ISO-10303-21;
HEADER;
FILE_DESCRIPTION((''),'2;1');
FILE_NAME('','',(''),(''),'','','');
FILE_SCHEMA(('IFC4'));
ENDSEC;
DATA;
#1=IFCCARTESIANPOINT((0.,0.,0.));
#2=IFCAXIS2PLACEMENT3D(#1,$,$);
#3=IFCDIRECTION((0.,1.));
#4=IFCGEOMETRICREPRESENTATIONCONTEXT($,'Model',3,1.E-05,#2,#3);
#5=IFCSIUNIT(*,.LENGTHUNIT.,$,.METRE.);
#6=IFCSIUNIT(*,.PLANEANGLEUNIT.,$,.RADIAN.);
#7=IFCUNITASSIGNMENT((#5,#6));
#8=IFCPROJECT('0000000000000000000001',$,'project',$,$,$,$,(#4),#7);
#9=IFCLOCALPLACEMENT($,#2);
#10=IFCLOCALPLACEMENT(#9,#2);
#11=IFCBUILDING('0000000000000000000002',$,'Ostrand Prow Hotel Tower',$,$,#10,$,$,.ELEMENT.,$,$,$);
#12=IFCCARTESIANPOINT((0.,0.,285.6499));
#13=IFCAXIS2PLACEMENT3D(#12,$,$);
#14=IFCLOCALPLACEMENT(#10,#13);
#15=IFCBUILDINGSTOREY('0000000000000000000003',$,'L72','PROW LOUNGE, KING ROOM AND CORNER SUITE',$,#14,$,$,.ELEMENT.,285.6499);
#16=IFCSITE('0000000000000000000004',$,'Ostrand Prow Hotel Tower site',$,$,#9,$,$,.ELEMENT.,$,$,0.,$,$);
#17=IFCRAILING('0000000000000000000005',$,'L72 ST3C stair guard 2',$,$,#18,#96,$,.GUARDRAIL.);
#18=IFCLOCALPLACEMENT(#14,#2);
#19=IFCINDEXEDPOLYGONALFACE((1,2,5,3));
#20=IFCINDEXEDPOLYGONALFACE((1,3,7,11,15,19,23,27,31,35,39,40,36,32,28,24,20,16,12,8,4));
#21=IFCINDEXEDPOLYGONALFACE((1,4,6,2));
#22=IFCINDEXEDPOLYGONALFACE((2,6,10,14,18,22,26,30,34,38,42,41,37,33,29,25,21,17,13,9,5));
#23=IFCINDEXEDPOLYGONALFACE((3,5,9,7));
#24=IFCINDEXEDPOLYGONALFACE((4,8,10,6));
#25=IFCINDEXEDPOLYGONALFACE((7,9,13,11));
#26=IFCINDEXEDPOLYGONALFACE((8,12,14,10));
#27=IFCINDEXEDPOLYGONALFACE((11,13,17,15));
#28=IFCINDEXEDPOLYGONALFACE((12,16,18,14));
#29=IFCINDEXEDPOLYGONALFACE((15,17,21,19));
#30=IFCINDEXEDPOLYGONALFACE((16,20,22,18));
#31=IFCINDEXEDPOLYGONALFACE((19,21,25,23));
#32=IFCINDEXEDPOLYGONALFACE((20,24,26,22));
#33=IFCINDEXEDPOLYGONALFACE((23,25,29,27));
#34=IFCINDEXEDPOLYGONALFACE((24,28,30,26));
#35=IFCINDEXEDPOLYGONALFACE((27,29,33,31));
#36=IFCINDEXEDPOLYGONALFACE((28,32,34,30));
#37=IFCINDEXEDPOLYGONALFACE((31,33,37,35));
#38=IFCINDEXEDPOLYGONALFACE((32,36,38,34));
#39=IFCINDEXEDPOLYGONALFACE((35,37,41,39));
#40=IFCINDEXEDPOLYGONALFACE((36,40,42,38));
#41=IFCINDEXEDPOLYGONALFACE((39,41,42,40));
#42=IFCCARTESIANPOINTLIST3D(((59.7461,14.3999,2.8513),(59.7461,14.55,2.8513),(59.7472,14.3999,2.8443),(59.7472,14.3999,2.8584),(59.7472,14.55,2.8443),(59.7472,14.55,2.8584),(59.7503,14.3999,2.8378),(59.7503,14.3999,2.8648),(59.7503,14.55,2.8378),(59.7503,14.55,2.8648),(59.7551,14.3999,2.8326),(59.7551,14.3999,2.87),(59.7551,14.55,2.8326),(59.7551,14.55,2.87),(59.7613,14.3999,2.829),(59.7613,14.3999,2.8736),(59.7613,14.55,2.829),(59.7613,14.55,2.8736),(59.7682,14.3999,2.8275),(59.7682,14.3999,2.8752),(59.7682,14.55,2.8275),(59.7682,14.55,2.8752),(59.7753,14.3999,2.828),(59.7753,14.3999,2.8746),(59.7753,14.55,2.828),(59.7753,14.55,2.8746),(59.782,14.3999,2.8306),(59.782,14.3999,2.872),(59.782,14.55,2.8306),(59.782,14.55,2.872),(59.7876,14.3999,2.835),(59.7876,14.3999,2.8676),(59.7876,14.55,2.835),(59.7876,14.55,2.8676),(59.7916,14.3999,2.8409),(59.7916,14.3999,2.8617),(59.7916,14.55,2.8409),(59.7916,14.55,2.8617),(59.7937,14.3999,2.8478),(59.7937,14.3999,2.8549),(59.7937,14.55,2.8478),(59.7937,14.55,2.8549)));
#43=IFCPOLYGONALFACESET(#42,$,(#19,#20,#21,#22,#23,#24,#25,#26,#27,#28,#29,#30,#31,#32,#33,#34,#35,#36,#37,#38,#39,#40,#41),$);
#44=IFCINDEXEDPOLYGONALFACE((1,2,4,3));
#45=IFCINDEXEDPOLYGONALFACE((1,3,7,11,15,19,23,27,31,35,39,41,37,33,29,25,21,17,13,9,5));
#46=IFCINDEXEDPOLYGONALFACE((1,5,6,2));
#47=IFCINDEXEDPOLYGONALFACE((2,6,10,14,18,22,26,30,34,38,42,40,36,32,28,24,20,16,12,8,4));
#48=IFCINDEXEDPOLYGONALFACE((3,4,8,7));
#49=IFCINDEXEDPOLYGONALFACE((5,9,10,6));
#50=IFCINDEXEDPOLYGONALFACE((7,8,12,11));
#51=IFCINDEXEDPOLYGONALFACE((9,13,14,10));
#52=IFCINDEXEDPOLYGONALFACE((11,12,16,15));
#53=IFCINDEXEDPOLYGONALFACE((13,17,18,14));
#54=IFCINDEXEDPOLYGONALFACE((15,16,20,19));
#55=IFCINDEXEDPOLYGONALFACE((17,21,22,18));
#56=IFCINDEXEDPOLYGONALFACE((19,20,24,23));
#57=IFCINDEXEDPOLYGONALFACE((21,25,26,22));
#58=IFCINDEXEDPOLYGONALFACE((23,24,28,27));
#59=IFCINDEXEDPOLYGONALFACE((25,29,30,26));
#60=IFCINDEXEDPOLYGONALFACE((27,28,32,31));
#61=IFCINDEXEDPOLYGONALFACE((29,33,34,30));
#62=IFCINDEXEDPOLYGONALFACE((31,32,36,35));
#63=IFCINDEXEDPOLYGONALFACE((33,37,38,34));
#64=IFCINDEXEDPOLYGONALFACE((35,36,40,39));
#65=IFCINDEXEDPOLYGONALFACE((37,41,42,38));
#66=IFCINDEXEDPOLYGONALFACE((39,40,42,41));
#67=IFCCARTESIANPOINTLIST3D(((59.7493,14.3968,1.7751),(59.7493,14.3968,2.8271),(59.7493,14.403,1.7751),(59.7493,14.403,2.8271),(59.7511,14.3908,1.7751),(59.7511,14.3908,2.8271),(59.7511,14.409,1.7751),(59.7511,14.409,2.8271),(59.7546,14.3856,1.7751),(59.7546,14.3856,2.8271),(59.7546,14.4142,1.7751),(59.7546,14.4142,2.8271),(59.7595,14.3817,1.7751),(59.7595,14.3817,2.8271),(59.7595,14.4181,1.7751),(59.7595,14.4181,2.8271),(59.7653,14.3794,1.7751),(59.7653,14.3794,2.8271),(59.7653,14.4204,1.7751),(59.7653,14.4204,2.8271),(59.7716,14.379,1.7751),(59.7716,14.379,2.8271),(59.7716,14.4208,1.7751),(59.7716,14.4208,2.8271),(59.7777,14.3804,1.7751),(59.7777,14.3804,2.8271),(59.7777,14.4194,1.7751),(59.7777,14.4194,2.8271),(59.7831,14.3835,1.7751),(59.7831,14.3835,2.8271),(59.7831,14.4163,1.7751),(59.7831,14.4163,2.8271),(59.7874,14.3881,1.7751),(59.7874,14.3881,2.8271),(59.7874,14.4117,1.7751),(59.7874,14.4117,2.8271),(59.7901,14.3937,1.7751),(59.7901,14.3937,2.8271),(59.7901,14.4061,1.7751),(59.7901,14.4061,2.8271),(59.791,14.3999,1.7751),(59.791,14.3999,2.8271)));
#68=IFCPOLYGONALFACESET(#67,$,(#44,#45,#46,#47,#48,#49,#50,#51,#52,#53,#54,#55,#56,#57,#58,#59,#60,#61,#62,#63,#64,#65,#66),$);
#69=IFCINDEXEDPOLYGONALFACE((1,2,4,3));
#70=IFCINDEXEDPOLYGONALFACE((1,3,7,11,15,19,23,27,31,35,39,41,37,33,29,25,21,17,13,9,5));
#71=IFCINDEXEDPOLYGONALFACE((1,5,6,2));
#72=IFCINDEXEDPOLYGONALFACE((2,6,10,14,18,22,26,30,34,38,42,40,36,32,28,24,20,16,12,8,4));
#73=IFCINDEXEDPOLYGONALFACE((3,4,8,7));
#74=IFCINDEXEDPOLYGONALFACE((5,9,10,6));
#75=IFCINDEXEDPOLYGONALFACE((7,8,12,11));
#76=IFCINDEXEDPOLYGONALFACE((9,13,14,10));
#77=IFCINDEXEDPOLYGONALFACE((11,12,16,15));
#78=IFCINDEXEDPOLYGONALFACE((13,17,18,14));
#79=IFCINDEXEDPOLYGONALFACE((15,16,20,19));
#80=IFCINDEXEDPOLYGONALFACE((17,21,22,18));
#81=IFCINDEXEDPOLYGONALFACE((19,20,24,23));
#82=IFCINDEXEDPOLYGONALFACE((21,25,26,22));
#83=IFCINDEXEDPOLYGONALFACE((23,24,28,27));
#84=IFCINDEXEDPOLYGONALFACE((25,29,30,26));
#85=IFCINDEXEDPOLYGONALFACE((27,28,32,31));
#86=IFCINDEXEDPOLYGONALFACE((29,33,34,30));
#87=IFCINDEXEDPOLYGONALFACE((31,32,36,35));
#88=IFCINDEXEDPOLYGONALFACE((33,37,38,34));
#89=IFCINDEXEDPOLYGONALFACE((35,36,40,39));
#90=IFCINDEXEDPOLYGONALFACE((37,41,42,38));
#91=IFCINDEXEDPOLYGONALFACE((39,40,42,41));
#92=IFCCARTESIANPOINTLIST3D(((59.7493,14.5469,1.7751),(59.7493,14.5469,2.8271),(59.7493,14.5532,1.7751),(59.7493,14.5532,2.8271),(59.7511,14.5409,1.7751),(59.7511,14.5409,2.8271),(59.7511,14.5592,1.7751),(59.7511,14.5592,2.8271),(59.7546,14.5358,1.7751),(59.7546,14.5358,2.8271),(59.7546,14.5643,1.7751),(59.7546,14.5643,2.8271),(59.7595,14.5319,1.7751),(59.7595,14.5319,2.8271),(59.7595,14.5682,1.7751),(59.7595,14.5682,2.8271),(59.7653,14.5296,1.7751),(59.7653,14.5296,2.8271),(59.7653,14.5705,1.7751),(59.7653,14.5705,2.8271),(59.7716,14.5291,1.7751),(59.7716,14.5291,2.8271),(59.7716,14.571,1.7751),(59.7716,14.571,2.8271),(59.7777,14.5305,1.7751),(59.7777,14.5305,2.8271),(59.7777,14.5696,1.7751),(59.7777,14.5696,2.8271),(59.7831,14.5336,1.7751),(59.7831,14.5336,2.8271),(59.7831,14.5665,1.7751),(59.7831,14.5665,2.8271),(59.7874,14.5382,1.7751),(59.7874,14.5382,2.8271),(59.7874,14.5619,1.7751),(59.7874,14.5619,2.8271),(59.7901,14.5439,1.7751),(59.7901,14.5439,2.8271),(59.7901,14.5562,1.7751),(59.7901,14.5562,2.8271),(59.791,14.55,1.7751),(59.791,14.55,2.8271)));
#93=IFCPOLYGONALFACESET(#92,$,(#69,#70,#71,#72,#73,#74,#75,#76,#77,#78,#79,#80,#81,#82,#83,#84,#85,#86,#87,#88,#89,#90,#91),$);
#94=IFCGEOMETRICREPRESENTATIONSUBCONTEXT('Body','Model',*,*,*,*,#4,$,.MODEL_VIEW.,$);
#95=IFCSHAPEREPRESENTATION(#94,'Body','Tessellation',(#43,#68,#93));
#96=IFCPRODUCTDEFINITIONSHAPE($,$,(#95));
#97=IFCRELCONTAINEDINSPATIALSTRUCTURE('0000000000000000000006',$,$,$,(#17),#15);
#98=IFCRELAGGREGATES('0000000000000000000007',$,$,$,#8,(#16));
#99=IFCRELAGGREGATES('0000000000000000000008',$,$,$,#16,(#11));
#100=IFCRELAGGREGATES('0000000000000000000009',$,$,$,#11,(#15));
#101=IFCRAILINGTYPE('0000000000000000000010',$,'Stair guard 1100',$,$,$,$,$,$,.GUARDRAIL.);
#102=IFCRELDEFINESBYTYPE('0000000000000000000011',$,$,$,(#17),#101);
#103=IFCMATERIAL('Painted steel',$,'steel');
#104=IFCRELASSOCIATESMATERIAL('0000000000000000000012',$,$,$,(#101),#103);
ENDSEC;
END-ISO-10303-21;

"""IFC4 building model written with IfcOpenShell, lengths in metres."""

from ifc_helpers import new_model, si_unit, direction, frame, origin, origin_2d, place, context, subcontext, project, spatial, circle, extrude, material, type_object, element, save


model = new_model("IFC4")

# Units and contexts
model_context = context("Model", 3, precision=1e-05, world=origin(), true_north=direction((0.0, 1.0)))
body_context = subcontext(model_context, "Body", "Model", "MODEL_VIEW")
ifc_project = project(units=[si_unit("LENGTHUNIT", "METRE"), si_unit("PLANEANGLEUNIT", "RADIAN")], contexts=[model_context])

# Site, building, storey
site_placement = place(None, origin())
site = spatial("IfcSite", under=ifc_project, at=site_placement, Name="Ostrand Prow Hotel Tower site", CompositionType="ELEMENT", RefElevation=0.0)
building_placement = place(site_placement, origin())
building = spatial("IfcBuilding", under=site, at=building_placement, Name="Ostrand Prow Hotel Tower", CompositionType="ELEMENT")
storey_placement = place(building_placement, frame((0.0, 0.0, 285.6499)))
storey = spatial("IfcBuildingStorey", under=building, at=storey_placement, Name="L72", Description="PROW LOUNGE, KING ROOM AND CORNER SUITE", CompositionType="ELEMENT", Elevation=285.6499)

# Railing
ifc_material_1 = material(Name="Painted steel", Category="steel")
railing_type_1 = type_object("IfcRailingType", Name="Stair guard 1100", PredefinedType="GUARDRAIL", material=ifc_material_1)
railing_1_placement = place(storey_placement, frame((59.77, 14.3999, 1.7751)))
element("IfcRailing", 1, at=railing_1_placement, inside=storey, type_object=railing_type_1, Name="L72 ST3C stair guard 2", PredefinedType="GUARDRAIL", context=body_context, shape_type="SweptSolid", body=[
    extrude(circle(Radius=0.0239, at=origin_2d()), frame((0.0, 0.0, 1.0762), z_axis=(0.0, 1.0, 0.0), x_axis=(-1.0, 0.0, 0.0)), (0.0, 0.0, 1.0), 0.1501),
    extrude(circle(Radius=0.021, at=origin_2d()), origin(), (0.0, 0.0, 1.0), 1.052),
    extrude(circle(Radius=0.021, at=origin_2d()), frame((0.0, 0.1501, 0.0)), (0.0, 0.0, 1.0), 1.052),
])

save(model, "model.ifc")
